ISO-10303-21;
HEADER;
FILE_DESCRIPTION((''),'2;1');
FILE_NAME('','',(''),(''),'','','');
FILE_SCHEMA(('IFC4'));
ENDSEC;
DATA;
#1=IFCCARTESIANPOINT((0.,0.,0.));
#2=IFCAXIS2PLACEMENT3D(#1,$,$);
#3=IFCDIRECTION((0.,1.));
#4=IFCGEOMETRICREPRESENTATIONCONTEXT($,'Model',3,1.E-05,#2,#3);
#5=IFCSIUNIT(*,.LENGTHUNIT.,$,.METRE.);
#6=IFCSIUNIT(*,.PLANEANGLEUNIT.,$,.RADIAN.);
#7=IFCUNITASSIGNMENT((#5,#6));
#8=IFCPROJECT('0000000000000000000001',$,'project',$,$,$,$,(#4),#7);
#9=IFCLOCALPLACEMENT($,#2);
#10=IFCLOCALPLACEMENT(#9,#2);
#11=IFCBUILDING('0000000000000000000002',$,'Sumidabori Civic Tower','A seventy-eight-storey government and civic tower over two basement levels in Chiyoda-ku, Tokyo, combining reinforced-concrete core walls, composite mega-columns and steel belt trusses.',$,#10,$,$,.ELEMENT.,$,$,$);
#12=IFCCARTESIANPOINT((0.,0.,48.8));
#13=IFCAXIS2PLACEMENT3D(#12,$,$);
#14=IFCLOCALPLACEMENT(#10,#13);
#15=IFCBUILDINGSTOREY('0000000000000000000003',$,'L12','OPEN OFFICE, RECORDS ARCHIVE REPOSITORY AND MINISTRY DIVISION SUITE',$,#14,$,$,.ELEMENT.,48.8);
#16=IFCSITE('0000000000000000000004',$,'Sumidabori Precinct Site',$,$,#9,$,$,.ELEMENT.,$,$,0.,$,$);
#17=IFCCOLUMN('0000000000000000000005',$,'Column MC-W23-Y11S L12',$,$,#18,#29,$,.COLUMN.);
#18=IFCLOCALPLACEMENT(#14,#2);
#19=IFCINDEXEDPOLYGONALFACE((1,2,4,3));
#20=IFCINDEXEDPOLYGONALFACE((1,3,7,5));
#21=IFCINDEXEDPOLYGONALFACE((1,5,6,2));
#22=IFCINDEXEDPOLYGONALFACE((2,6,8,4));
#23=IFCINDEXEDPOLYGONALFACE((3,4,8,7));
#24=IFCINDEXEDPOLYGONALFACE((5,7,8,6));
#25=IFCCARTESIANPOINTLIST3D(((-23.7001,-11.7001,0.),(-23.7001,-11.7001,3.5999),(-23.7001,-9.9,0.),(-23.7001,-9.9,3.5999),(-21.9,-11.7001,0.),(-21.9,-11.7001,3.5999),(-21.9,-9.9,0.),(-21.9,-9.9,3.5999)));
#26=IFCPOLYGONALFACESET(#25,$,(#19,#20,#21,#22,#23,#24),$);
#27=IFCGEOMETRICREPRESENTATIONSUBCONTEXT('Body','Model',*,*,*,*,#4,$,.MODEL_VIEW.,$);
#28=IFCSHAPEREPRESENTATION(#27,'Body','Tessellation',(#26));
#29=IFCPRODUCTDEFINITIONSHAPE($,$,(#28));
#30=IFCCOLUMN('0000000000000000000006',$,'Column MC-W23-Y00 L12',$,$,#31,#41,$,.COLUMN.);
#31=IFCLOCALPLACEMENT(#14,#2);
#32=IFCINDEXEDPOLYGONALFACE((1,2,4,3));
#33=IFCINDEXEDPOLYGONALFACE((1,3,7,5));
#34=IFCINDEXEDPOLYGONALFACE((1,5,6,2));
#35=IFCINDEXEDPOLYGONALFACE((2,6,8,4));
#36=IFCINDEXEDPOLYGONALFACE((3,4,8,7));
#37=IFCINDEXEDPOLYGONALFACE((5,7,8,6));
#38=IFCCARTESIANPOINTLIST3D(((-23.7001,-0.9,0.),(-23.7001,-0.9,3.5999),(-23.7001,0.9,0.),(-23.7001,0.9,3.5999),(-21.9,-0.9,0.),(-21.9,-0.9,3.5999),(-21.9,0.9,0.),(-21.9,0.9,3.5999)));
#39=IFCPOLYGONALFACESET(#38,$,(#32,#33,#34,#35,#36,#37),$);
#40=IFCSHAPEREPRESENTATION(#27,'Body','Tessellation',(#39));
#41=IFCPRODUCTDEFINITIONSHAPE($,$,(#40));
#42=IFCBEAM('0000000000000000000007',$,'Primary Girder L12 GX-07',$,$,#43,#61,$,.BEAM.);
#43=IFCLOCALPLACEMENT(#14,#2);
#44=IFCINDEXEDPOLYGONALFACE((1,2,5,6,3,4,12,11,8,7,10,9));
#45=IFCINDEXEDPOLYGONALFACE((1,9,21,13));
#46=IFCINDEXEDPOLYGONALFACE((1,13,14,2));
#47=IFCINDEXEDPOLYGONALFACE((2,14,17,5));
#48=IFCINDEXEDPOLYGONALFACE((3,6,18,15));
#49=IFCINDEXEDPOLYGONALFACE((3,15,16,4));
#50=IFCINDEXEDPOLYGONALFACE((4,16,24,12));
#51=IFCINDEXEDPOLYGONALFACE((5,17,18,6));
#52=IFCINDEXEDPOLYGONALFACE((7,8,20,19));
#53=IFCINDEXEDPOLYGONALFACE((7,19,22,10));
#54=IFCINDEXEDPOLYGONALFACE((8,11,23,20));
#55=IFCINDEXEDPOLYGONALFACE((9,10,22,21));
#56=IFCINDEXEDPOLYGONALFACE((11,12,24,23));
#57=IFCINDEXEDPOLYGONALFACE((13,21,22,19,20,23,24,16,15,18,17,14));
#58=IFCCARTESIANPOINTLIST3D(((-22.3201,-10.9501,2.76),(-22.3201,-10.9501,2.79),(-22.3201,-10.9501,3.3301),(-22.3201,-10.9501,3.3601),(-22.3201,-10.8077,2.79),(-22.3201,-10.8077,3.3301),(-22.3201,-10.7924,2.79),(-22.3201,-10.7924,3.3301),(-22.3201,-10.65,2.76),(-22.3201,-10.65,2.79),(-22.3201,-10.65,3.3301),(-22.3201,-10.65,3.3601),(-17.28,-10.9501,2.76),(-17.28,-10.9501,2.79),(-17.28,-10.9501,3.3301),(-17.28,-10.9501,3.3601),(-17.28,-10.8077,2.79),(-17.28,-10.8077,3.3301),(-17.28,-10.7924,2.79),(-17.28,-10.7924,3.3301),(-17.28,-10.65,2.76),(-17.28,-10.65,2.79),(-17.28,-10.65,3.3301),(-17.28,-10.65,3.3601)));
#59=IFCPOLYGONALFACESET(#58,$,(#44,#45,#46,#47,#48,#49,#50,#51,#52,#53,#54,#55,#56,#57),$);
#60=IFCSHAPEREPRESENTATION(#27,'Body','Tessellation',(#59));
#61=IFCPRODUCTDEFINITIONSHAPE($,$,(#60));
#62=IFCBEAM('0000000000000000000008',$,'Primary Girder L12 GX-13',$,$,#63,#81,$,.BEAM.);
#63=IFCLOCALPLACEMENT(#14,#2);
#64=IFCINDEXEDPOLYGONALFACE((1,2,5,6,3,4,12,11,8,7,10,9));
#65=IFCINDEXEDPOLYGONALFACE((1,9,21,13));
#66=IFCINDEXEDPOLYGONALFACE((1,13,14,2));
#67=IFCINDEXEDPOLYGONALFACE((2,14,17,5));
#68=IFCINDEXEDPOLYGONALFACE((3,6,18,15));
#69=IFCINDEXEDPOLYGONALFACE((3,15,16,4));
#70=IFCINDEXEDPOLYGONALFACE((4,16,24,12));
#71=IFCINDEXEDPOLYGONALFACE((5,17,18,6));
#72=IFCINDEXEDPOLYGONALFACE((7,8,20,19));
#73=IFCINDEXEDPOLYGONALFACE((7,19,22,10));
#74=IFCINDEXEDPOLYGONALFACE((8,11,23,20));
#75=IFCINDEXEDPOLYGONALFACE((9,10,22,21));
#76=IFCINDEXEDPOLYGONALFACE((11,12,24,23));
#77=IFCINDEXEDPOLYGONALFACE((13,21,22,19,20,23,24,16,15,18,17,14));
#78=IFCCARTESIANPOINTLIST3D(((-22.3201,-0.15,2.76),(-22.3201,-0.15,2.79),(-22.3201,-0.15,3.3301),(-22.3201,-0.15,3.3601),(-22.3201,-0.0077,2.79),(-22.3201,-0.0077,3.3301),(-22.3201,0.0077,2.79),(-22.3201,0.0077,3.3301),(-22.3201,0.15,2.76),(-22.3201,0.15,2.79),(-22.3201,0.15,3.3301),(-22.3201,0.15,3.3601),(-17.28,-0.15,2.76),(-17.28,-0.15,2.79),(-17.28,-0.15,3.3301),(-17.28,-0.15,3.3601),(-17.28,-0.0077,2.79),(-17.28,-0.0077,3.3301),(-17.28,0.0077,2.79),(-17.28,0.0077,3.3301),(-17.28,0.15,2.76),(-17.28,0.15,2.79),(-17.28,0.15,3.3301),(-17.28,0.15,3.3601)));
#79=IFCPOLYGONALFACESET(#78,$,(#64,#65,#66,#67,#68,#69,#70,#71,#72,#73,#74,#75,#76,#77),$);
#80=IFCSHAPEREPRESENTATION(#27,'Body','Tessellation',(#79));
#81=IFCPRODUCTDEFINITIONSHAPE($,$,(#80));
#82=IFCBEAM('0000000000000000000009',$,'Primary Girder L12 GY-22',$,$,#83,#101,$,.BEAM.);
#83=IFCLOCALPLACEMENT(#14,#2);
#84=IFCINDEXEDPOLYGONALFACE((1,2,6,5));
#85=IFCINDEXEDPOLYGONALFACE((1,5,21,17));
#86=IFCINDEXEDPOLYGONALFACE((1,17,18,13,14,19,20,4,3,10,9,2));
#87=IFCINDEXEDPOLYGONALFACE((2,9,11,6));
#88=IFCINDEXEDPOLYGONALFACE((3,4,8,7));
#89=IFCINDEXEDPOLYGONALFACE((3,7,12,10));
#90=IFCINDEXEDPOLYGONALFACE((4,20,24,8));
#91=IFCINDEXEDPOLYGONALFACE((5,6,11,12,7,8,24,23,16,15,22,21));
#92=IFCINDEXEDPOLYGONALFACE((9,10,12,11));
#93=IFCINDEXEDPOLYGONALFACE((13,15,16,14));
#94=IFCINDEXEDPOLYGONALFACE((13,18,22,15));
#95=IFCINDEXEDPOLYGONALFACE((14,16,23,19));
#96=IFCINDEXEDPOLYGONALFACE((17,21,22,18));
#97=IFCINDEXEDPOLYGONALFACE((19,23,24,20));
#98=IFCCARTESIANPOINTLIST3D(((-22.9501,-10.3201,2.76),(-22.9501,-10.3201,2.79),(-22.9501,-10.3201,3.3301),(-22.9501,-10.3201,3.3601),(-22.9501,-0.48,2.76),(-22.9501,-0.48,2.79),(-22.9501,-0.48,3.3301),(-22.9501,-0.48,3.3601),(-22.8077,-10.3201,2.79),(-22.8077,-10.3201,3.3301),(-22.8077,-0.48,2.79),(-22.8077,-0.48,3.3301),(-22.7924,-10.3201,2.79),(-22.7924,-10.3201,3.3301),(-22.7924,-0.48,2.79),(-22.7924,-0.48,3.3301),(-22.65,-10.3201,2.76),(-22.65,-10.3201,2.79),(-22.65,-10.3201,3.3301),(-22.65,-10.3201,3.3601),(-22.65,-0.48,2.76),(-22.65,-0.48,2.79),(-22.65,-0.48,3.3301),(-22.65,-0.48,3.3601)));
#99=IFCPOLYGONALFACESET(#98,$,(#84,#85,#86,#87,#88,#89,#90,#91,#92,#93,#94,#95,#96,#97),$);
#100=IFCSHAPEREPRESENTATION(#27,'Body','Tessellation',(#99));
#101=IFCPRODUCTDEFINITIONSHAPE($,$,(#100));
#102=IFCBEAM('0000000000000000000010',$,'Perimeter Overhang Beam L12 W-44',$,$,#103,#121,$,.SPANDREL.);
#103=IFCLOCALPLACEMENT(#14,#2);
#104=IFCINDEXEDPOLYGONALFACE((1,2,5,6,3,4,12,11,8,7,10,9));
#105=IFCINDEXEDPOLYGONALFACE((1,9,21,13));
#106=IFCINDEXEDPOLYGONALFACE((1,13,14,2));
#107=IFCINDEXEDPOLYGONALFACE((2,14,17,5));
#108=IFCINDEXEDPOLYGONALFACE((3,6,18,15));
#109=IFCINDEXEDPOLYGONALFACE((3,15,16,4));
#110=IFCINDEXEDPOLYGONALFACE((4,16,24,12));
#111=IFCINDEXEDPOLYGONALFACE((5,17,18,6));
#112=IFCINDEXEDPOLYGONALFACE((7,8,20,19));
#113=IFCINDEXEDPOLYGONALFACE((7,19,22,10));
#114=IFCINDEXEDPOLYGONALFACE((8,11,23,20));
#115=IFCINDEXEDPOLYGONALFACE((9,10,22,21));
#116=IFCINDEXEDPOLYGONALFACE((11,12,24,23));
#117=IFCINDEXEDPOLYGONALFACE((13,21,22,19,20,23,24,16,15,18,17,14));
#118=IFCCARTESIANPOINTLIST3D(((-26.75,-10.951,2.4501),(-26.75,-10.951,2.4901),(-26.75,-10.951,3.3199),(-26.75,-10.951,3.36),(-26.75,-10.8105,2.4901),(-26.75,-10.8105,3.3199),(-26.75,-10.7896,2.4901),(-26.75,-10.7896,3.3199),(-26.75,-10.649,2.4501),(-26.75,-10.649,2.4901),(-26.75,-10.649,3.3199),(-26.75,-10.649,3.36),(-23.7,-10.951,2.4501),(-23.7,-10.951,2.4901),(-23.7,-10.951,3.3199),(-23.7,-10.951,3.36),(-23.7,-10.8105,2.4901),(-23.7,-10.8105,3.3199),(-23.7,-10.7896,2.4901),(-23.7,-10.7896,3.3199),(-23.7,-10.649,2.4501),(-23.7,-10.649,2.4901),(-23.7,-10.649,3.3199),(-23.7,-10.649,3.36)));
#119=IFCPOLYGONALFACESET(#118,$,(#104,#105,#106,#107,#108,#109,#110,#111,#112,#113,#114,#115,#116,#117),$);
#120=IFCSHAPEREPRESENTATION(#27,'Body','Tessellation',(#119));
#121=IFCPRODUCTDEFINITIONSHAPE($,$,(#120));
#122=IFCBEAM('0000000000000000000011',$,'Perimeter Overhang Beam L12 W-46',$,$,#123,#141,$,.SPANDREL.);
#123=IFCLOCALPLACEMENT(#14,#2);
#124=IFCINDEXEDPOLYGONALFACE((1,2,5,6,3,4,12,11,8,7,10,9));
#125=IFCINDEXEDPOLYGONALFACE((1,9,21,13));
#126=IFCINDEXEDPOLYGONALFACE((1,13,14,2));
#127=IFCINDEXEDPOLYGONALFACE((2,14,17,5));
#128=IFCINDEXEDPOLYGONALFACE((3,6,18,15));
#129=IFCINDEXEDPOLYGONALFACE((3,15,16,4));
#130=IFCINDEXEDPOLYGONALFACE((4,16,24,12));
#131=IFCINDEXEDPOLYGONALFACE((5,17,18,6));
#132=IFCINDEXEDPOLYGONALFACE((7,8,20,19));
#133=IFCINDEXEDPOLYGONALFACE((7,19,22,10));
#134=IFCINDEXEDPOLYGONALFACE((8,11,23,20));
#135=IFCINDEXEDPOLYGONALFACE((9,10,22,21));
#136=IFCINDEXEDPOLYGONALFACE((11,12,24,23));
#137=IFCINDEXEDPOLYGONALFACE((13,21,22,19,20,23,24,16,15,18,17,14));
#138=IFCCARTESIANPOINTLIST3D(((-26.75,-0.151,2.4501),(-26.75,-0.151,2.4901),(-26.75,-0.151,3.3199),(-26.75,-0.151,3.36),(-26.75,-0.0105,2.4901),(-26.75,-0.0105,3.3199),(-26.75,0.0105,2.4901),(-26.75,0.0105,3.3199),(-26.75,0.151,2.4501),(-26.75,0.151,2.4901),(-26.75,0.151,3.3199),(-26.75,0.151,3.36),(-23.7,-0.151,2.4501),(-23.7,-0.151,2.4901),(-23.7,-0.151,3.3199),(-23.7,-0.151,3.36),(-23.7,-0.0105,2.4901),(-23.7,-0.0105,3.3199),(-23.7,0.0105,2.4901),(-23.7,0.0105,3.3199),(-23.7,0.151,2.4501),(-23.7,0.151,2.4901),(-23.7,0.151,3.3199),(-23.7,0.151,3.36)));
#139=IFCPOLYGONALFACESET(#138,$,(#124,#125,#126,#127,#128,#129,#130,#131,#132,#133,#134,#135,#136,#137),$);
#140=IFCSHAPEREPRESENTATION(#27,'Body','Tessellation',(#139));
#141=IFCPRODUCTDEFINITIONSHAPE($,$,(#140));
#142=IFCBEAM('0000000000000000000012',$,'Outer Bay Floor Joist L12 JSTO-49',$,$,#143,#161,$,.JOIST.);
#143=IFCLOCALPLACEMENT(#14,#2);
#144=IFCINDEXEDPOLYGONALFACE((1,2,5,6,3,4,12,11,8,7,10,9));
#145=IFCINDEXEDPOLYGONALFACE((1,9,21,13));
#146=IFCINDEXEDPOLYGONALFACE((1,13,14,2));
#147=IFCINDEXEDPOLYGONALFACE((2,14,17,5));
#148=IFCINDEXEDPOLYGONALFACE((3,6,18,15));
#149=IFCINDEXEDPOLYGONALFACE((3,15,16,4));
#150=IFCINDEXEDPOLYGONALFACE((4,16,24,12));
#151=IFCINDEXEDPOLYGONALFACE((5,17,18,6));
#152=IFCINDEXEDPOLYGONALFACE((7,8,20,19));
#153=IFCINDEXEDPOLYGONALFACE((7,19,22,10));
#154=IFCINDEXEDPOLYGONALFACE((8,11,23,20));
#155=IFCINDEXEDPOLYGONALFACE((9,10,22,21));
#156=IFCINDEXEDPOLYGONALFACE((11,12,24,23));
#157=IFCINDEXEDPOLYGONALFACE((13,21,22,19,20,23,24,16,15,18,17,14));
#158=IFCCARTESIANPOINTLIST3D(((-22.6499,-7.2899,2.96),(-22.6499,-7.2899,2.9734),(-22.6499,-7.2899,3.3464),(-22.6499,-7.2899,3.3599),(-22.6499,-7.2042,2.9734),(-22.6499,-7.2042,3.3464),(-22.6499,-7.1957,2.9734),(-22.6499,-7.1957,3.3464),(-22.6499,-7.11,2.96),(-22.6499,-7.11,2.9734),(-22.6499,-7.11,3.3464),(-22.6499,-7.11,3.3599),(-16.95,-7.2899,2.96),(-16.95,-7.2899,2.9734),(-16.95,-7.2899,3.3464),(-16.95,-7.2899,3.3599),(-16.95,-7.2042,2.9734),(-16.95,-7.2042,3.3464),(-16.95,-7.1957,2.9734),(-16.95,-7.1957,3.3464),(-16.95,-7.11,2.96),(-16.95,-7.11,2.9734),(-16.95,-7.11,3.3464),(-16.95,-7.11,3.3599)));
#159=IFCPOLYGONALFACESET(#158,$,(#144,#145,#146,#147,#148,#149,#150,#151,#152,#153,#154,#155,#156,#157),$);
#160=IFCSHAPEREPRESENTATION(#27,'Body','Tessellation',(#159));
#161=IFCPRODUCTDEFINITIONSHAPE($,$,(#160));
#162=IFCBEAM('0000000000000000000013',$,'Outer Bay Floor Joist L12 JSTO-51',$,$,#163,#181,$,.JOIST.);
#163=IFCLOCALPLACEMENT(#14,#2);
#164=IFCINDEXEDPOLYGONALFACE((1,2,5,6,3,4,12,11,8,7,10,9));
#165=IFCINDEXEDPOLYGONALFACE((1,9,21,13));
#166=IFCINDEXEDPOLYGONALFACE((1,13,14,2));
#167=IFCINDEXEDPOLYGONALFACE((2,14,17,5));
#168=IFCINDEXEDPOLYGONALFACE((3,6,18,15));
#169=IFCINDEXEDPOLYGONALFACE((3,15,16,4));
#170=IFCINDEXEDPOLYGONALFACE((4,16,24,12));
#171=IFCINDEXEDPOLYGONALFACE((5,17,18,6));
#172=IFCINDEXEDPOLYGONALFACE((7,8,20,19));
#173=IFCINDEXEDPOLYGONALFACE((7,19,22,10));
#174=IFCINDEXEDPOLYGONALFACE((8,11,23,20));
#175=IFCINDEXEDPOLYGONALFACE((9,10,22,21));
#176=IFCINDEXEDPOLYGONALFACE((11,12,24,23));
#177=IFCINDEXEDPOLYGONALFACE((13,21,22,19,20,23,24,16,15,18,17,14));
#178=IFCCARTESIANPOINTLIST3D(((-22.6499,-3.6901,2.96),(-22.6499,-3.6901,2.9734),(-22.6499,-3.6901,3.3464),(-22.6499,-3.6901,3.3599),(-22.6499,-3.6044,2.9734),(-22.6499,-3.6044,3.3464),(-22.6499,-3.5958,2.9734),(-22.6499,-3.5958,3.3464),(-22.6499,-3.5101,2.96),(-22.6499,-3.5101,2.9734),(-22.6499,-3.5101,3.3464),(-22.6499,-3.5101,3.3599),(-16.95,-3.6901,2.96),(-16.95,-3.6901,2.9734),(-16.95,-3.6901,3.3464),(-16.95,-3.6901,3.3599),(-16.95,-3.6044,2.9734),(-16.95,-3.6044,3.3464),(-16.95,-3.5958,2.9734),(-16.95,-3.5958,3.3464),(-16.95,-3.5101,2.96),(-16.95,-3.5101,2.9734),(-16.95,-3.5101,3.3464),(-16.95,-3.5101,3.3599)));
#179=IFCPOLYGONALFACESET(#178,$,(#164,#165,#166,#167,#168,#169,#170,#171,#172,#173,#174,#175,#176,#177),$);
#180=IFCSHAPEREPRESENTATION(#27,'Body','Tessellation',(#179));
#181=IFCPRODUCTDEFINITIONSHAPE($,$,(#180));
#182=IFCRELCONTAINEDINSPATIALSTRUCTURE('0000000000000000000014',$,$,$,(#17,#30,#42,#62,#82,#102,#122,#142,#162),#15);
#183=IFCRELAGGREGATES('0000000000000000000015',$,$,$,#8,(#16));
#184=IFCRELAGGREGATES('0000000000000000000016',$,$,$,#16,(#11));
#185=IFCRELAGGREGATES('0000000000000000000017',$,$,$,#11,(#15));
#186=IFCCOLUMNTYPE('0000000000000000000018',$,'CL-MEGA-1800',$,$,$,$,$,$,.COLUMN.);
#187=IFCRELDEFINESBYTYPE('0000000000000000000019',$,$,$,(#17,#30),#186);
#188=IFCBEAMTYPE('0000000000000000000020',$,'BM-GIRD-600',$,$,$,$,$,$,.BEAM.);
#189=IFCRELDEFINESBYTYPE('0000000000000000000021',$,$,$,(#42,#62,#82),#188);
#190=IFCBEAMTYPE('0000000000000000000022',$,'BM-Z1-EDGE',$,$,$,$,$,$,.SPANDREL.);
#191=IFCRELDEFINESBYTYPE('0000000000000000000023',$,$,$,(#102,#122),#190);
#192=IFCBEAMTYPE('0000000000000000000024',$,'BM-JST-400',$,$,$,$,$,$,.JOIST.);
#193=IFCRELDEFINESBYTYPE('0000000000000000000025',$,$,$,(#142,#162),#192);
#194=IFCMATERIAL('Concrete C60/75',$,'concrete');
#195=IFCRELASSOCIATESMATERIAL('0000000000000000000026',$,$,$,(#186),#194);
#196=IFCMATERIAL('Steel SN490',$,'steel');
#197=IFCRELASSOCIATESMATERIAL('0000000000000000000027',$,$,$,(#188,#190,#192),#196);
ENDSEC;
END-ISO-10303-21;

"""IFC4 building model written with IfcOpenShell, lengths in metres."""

from ifc_helpers import new_model, si_unit, direction, frame, origin, origin_2d, place, context, subcontext, project, spatial, rectangle, i_section, extrude, source, transform, mapped, material, material_profile, profile_set, type_object, element, save


model = new_model("IFC4")

# Units and contexts
model_context = context("Model", 3, precision=1e-05, world=origin(), true_north=direction((0.0, 1.0)))
body_context = subcontext(model_context, "Body", "Model", "MODEL_VIEW")
ifc_project = project(units=[si_unit("LENGTHUNIT", "METRE"), si_unit("PLANEANGLEUNIT", "RADIAN")], contexts=[model_context])

# Site, building, storey
site_placement = place(None, origin())
site = spatial("IfcSite", under=ifc_project, at=site_placement, Name="Sumidabori Precinct Site", CompositionType="ELEMENT", RefElevation=0.0)
building_placement = place(site_placement, origin())
building = spatial("IfcBuilding", under=site, at=building_placement, Name="Sumidabori Civic Tower", Description="A seventy-eight-storey government and civic tower over two basement levels in Chiyoda-ku, Tokyo, combining reinforced-concrete core walls, composite mega-columns and steel belt trusses.", CompositionType="ELEMENT")
storey_placement = place(building_placement, frame((0.0, 0.0, 48.8)))
storey = spatial("IfcBuildingStorey", under=building, at=storey_placement, Name="L12", Description="OPEN OFFICE, RECORDS ARCHIVE REPOSITORY AND MINISTRY DIVISION SUITE", CompositionType="ELEMENT", Elevation=48.8)

# Columns
ifc_material_1 = material(Name="Concrete C60/75", Category="concrete")
ifc_material_profile_1 = material_profile(ifc_material_1, rectangle(XDim=1.8, YDim=1.8, at=origin_2d()), Name="RC 1800x1800")
ifc_profile_set_1 = profile_set([ifc_material_profile_1], Name="Concrete C60/75")
column_type = type_object("IfcColumnType", Name="CL-MEGA-1800", PredefinedType="COLUMN", material=ifc_profile_set_1)
shared_shape_1 = source(origin(), body_context, "Body", "SweptSolid", [
    extrude(rectangle(XDim=1.8, YDim=1.8, at=origin_2d()), origin(), (0.0, 0.0, 1.0), 3.5999),
])
for number, where, z_axis, x_axis, name in (
    (1, (-22.8, -10.8, 0.0), (0.0, 0.0, 1.0), (1.0, 0.0, 0.0), "Column MC-W23-Y11S L12"),
    (2, (-22.8, 0.0, 0.0), (0.0, 0.0, 1.0), (1.0, 0.0, 0.0), "Column MC-W23-Y00 L12"),
):
    element("IfcColumn", number, at=place(storey_placement, frame(where, z_axis=z_axis, x_axis=x_axis)), inside=storey, type_object=column_type, Name=name, PredefinedType="COLUMN", context=body_context, shape_type="MappedRepresentation", body=[
        mapped(shared_shape_1, transform((0.0, 0.0, 0.0), x_axis=(1.0, 0.0, 0.0), y_axis=(0.0, 1.0, 0.0), z_axis=(0.0, 0.0, 1.0), scale=1.0)),
    ])

# Beams
ifc_material_2 = material(Name="Steel SN490", Category="steel")
ifc_material_profile_2 = material_profile(ifc_material_2, i_section(OverallWidth=0.3, OverallDepth=0.6001, WebThickness=0.0154, FlangeThickness=0.03, at=origin_2d()), Name="HE 600 B")
ifc_profile_set_2 = profile_set([ifc_material_profile_2], Name="Steel SN490")
beam_type_1 = type_object("IfcBeamType", Name="BM-GIRD-600", PredefinedType="BEAM", material=ifc_profile_set_2)
shared_shape_2 = source(origin(), body_context, "Body", "SweptSolid", [
    extrude(i_section(OverallWidth=0.3, OverallDepth=0.6001, WebThickness=0.0154, FlangeThickness=0.03, at=origin_2d()), origin(), (0.0, 0.0, 1.0), 5.04),
])
for number, where, z_axis, x_axis, name in (
    (3, (-22.3201, -10.8, 3.0601), (1.0, 0.0, 0.0), (0.0, 1.0, 0.0), "Primary Girder L12 GX-07"),
    (4, (-22.3201, 0.0, 3.0601), (1.0, 0.0, 0.0), (0.0, 1.0, 0.0), "Primary Girder L12 GX-13"),
):
    element("IfcBeam", number, at=place(storey_placement, frame(where, z_axis=z_axis, x_axis=x_axis)), inside=storey, type_object=beam_type_1, Name=name, PredefinedType="BEAM", context=body_context, shape_type="MappedRepresentation", body=[
        mapped(shared_shape_2, transform((0.0, 0.0, 0.0), x_axis=(1.0, 0.0, 0.0), y_axis=(0.0, 1.0, 0.0), z_axis=(0.0, 0.0, 1.0), scale=1.0)),
    ])
shared_shape_3 = source(origin(), body_context, "Body", "SweptSolid", [
    extrude(i_section(OverallWidth=0.3, OverallDepth=0.6001, WebThickness=0.0154, FlangeThickness=0.03, at=origin_2d()), origin(), (0.0, 0.0, 1.0), 9.8401),
])
beam_placement = place(storey_placement, frame((-22.8, -10.3201, 3.0601), z_axis=(0.0, 1.0, 0.0), x_axis=(-1.0, 0.0, 0.0)))
element("IfcBeam", 5, at=beam_placement, inside=storey, type_object=beam_type_1, Name="Primary Girder L12 GY-22", PredefinedType="BEAM", context=body_context, shape_type="MappedRepresentation", body=[
    mapped(shared_shape_3, transform((0.0, 0.0, 0.0), x_axis=(1.0, 0.0, 0.0), y_axis=(0.0, 1.0, 0.0), z_axis=(0.0, 0.0, 1.0), scale=1.0)),
])
ifc_material_profile_3 = material_profile(ifc_material_2, i_section(OverallWidth=0.302, OverallDepth=0.9099, WebThickness=0.021, FlangeThickness=0.04, at=origin_2d()), Name="HE 900 M")
ifc_profile_set_3 = profile_set([ifc_material_profile_3], Name="Steel SN490")
beam_type_2 = type_object("IfcBeamType", Name="BM-Z1-EDGE", PredefinedType="SPANDREL", material=ifc_profile_set_3)
shared_shape_4 = source(origin(), body_context, "Body", "SweptSolid", [
    extrude(i_section(OverallWidth=0.302, OverallDepth=0.9099, WebThickness=0.021, FlangeThickness=0.04, at=origin_2d()), origin(), (0.0, 0.0, 1.0), 3.05),
])
for number, where, z_axis, x_axis, name in (
    (6, (-26.75, -10.8, 2.905), (1.0, 0.0, 0.0), (0.0, 1.0, 0.0), "Perimeter Overhang Beam L12 W-44"),
    (7, (-26.75, 0.0, 2.905), (1.0, 0.0, 0.0), (0.0, 1.0, 0.0), "Perimeter Overhang Beam L12 W-46"),
):
    element("IfcBeam", number, at=place(storey_placement, frame(where, z_axis=z_axis, x_axis=x_axis)), inside=storey, type_object=beam_type_2, Name=name, PredefinedType="SPANDREL", context=body_context, shape_type="MappedRepresentation", body=[
        mapped(shared_shape_4, transform((0.0, 0.0, 0.0), x_axis=(1.0, 0.0, 0.0), y_axis=(0.0, 1.0, 0.0), z_axis=(0.0, 0.0, 1.0), scale=1.0)),
    ])
ifc_material_profile_4 = material_profile(ifc_material_2, i_section(OverallWidth=0.1799, OverallDepth=0.3999, WebThickness=0.0085, FlangeThickness=0.0134, at=origin_2d()), Name="IPE 400")
ifc_profile_set_4 = profile_set([ifc_material_profile_4], Name="Steel SN490")
beam_type_3 = type_object("IfcBeamType", Name="BM-JST-400", PredefinedType="JOIST", material=ifc_profile_set_4)
shared_shape_5 = source(origin(), body_context, "Body", "SweptSolid", [
    extrude(i_section(OverallWidth=0.1799, OverallDepth=0.3999, WebThickness=0.0085, FlangeThickness=0.0134, at=origin_2d()), origin(), (0.0, 0.0, 1.0), 5.7),
])
for number, where, z_axis, x_axis, name in (
    (8, (-22.6499, -7.2, 3.1599), (1.0, 0.0, 0.0), (0.0, 1.0, 0.0), "Outer Bay Floor Joist L12 JSTO-49"),
    (9, (-22.6499, -3.6001, 3.1599), (1.0, 0.0, 0.0), (0.0, 1.0, 0.0), "Outer Bay Floor Joist L12 JSTO-51"),
):
    element("IfcBeam", number, at=place(storey_placement, frame(where, z_axis=z_axis, x_axis=x_axis)), inside=storey, type_object=beam_type_3, Name=name, PredefinedType="JOIST", context=body_context, shape_type="MappedRepresentation", body=[
        mapped(shared_shape_5, transform((0.0, 0.0, 0.0), x_axis=(1.0, 0.0, 0.0), y_axis=(0.0, 1.0, 0.0), z_axis=(0.0, 0.0, 1.0), scale=1.0)),
    ])

save(model, "model.ifc")
